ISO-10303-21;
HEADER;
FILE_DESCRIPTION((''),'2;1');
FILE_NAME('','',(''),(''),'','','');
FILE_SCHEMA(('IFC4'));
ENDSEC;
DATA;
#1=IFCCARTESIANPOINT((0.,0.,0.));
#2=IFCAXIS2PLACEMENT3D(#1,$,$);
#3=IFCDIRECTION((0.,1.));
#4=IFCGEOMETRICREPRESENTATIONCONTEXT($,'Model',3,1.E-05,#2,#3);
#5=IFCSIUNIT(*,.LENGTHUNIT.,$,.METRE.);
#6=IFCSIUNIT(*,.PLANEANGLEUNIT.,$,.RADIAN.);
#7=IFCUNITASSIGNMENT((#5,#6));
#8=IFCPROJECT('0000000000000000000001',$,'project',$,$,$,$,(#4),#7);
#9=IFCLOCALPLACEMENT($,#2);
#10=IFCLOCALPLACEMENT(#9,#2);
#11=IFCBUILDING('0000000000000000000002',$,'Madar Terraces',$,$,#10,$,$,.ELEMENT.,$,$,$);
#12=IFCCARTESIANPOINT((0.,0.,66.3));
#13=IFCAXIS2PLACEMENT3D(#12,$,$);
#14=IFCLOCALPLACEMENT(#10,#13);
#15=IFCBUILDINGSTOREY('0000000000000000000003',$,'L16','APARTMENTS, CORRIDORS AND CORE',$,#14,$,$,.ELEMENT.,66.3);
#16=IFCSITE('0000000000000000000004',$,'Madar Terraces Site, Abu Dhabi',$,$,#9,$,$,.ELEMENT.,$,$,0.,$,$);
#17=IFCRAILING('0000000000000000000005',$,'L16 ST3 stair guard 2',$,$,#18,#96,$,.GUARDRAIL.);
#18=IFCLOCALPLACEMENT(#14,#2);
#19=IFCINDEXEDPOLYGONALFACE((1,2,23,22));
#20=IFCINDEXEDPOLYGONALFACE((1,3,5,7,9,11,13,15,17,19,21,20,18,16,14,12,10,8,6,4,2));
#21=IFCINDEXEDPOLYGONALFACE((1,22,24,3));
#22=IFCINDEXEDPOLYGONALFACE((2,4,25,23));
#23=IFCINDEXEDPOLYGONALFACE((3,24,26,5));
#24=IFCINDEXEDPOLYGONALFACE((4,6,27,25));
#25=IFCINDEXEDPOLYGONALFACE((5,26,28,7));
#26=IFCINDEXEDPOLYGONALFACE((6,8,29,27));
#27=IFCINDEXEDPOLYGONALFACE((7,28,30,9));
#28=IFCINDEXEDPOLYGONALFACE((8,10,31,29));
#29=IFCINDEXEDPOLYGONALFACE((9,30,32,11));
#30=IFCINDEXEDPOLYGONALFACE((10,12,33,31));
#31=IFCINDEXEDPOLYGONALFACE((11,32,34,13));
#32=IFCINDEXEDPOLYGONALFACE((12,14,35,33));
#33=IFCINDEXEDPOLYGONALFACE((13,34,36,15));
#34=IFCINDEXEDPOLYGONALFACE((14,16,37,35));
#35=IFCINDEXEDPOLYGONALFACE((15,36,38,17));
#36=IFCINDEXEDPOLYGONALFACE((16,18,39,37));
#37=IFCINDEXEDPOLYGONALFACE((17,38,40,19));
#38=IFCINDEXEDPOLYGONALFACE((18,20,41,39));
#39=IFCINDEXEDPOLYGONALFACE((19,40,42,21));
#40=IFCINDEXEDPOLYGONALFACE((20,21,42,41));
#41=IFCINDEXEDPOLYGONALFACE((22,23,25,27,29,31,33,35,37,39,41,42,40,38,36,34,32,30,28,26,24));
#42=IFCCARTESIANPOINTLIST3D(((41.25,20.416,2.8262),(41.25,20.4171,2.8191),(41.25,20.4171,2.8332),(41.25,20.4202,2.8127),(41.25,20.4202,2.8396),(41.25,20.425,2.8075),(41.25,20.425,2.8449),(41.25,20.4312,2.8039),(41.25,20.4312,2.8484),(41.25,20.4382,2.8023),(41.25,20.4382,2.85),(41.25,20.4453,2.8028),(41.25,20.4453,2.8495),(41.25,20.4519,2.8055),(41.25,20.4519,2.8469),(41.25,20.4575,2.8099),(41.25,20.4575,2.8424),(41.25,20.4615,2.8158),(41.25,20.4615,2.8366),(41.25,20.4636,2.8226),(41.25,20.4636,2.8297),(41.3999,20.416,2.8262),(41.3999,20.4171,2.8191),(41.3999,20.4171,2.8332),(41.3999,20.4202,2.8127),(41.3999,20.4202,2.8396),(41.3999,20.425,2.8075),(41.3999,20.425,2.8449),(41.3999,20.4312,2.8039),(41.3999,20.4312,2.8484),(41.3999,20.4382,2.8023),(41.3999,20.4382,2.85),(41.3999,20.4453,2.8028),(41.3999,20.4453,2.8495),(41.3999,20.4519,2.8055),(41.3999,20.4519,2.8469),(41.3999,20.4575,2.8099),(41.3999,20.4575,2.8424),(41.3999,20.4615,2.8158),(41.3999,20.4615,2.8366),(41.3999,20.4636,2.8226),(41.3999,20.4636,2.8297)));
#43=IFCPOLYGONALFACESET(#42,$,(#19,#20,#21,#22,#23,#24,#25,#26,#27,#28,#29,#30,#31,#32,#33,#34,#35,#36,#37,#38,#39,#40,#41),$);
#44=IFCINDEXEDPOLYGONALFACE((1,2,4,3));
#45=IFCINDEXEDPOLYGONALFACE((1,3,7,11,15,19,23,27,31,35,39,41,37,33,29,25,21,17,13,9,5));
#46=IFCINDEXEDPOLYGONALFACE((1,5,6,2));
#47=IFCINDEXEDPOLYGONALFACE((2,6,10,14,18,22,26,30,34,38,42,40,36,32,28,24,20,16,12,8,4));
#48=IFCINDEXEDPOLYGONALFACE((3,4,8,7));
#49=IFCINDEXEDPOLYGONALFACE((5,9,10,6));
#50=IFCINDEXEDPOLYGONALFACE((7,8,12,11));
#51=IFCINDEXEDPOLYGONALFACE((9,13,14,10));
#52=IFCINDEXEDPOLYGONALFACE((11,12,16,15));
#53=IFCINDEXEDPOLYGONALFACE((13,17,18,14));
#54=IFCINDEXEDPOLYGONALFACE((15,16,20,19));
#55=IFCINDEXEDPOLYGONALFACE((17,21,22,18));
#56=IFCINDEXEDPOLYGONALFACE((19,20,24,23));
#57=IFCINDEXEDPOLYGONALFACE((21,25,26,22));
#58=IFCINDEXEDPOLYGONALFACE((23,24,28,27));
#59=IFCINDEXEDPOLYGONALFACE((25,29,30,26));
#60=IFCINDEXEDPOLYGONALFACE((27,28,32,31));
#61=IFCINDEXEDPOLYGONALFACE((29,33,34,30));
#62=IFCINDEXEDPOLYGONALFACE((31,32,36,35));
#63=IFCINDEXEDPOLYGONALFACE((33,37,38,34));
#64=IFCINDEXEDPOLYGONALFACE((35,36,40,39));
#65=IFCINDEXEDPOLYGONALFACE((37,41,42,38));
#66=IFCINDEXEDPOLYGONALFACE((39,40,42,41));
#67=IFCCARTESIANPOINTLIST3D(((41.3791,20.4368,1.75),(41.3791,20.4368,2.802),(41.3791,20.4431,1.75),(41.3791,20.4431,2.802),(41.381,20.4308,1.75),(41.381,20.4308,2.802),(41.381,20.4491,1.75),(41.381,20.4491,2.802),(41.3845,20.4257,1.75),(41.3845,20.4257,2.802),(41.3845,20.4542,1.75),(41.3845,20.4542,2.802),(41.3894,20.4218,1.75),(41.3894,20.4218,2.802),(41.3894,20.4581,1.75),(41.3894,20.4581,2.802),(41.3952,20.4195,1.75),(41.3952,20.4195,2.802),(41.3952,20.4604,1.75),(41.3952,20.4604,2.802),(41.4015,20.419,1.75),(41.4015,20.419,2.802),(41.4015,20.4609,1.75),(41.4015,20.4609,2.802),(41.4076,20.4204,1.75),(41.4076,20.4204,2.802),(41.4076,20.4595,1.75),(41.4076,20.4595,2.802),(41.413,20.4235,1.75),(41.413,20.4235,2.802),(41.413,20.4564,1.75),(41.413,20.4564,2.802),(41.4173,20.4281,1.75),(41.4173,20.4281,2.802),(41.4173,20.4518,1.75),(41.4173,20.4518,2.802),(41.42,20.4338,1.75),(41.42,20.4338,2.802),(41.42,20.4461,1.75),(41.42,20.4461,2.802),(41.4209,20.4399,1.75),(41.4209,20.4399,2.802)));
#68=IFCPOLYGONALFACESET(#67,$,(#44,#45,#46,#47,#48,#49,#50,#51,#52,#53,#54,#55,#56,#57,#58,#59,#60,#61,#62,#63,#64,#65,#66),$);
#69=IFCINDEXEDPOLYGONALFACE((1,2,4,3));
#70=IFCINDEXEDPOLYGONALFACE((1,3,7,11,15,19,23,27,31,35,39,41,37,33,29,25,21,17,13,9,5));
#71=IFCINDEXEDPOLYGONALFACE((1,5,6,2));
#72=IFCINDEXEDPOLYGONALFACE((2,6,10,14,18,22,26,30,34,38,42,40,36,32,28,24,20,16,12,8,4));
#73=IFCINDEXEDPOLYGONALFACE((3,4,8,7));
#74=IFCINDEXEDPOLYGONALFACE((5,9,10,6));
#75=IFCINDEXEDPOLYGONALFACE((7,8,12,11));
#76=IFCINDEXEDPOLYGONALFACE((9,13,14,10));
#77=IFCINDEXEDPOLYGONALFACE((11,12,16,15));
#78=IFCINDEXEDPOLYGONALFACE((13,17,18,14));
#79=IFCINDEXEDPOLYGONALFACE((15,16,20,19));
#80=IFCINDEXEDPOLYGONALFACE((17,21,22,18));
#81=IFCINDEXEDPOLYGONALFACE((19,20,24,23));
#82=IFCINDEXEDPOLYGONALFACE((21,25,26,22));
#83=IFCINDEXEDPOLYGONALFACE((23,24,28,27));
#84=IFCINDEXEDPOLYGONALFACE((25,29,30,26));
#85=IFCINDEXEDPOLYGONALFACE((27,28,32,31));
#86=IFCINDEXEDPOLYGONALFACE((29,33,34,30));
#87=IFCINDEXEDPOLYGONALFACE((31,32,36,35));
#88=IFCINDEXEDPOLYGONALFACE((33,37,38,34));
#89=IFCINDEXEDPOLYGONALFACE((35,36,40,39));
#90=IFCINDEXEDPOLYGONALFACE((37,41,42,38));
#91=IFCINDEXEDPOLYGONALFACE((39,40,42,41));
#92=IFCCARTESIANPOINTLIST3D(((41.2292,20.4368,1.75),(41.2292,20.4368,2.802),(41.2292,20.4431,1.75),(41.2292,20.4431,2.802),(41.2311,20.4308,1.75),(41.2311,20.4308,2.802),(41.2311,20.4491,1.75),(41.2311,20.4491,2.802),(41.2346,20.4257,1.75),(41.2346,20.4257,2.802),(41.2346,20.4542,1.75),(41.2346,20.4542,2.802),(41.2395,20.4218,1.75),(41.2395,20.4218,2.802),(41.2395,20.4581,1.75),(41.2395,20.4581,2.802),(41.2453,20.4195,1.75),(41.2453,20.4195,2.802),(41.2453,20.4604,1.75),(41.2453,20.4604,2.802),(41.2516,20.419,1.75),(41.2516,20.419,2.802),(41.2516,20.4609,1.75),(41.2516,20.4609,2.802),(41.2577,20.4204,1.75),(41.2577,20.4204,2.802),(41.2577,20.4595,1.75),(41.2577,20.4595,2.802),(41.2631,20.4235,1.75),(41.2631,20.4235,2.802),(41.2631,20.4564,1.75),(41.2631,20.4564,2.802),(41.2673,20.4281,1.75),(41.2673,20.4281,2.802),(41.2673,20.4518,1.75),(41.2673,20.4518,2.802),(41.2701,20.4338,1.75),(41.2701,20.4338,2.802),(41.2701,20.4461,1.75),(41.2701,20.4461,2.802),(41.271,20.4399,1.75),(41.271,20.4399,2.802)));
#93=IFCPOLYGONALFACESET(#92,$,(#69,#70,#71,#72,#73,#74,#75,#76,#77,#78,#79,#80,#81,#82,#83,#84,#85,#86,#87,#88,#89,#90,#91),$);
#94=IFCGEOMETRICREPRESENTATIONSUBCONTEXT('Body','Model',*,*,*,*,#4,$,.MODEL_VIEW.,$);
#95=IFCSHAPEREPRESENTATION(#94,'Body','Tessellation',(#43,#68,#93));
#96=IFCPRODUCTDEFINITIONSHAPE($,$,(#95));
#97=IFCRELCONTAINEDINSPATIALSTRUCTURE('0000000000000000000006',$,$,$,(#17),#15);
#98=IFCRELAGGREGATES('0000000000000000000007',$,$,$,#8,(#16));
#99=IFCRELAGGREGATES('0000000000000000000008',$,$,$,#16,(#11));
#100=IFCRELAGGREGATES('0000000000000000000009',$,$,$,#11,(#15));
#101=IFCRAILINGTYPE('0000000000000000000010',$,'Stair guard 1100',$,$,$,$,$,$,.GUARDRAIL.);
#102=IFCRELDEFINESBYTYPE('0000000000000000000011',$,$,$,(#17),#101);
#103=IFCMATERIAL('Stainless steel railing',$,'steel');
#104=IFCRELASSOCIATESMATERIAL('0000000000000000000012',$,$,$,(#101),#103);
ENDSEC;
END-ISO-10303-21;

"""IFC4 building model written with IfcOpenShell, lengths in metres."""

from ifc_helpers import new_model, si_unit, direction, frame, origin, origin_2d, place, context, subcontext, project, spatial, circle, extrude, material, type_object, element, save


model = new_model("IFC4")

# Units and contexts
model_context = context("Model", 3, precision=1e-05, world=origin(), true_north=direction((0.0, 1.0)))
body_context = subcontext(model_context, "Body", "Model", "MODEL_VIEW")
ifc_project = project(units=[si_unit("LENGTHUNIT", "METRE"), si_unit("PLANEANGLEUNIT", "RADIAN")], contexts=[model_context])

# Site, building, storey
site_placement = place(None, origin())
site = spatial("IfcSite", under=ifc_project, at=site_placement, Name="Madar Terraces Site, Abu Dhabi", CompositionType="ELEMENT", RefElevation=0.0)
building_placement = place(site_placement, origin())
building = spatial("IfcBuilding", under=site, at=building_placement, Name="Madar Terraces", CompositionType="ELEMENT")
storey_placement = place(building_placement, frame((0.0, 0.0, 66.3)))
storey = spatial("IfcBuildingStorey", under=building, at=storey_placement, Name="L16", Description="APARTMENTS, CORRIDORS AND CORE", CompositionType="ELEMENT", Elevation=66.3)

# Railing
ifc_material_1 = material(Name="Stainless steel railing", Category="steel")
railing_type_1 = type_object("IfcRailingType", Name="Stair guard 1100", PredefinedType="GUARDRAIL", material=ifc_material_1)
railing_1_placement = place(storey_placement, frame((41.3999, 20.4399, 1.75)))
element("IfcRailing", 1, at=railing_1_placement, inside=storey, type_object=railing_type_1, Name="L16 ST3 stair guard 2", PredefinedType="GUARDRAIL", context=body_context, shape_type="SweptSolid", body=[
    extrude(circle(Radius=0.0239, at=origin_2d()), frame((0.0, 0.0, 1.0762), z_axis=(-1.0, 0.0, 0.0), x_axis=(0.0, -1.0, 0.0)), (0.0, 0.0, 1.0), 0.1499),
    extrude(circle(Radius=0.021, at=origin_2d()), origin(), (0.0, 0.0, 1.0), 1.052),
    extrude(circle(Radius=0.021, at=origin_2d()), frame((-0.1499, 0.0, 0.0)), (0.0, 0.0, 1.0), 1.052),
])

save(model, "model.ifc")
